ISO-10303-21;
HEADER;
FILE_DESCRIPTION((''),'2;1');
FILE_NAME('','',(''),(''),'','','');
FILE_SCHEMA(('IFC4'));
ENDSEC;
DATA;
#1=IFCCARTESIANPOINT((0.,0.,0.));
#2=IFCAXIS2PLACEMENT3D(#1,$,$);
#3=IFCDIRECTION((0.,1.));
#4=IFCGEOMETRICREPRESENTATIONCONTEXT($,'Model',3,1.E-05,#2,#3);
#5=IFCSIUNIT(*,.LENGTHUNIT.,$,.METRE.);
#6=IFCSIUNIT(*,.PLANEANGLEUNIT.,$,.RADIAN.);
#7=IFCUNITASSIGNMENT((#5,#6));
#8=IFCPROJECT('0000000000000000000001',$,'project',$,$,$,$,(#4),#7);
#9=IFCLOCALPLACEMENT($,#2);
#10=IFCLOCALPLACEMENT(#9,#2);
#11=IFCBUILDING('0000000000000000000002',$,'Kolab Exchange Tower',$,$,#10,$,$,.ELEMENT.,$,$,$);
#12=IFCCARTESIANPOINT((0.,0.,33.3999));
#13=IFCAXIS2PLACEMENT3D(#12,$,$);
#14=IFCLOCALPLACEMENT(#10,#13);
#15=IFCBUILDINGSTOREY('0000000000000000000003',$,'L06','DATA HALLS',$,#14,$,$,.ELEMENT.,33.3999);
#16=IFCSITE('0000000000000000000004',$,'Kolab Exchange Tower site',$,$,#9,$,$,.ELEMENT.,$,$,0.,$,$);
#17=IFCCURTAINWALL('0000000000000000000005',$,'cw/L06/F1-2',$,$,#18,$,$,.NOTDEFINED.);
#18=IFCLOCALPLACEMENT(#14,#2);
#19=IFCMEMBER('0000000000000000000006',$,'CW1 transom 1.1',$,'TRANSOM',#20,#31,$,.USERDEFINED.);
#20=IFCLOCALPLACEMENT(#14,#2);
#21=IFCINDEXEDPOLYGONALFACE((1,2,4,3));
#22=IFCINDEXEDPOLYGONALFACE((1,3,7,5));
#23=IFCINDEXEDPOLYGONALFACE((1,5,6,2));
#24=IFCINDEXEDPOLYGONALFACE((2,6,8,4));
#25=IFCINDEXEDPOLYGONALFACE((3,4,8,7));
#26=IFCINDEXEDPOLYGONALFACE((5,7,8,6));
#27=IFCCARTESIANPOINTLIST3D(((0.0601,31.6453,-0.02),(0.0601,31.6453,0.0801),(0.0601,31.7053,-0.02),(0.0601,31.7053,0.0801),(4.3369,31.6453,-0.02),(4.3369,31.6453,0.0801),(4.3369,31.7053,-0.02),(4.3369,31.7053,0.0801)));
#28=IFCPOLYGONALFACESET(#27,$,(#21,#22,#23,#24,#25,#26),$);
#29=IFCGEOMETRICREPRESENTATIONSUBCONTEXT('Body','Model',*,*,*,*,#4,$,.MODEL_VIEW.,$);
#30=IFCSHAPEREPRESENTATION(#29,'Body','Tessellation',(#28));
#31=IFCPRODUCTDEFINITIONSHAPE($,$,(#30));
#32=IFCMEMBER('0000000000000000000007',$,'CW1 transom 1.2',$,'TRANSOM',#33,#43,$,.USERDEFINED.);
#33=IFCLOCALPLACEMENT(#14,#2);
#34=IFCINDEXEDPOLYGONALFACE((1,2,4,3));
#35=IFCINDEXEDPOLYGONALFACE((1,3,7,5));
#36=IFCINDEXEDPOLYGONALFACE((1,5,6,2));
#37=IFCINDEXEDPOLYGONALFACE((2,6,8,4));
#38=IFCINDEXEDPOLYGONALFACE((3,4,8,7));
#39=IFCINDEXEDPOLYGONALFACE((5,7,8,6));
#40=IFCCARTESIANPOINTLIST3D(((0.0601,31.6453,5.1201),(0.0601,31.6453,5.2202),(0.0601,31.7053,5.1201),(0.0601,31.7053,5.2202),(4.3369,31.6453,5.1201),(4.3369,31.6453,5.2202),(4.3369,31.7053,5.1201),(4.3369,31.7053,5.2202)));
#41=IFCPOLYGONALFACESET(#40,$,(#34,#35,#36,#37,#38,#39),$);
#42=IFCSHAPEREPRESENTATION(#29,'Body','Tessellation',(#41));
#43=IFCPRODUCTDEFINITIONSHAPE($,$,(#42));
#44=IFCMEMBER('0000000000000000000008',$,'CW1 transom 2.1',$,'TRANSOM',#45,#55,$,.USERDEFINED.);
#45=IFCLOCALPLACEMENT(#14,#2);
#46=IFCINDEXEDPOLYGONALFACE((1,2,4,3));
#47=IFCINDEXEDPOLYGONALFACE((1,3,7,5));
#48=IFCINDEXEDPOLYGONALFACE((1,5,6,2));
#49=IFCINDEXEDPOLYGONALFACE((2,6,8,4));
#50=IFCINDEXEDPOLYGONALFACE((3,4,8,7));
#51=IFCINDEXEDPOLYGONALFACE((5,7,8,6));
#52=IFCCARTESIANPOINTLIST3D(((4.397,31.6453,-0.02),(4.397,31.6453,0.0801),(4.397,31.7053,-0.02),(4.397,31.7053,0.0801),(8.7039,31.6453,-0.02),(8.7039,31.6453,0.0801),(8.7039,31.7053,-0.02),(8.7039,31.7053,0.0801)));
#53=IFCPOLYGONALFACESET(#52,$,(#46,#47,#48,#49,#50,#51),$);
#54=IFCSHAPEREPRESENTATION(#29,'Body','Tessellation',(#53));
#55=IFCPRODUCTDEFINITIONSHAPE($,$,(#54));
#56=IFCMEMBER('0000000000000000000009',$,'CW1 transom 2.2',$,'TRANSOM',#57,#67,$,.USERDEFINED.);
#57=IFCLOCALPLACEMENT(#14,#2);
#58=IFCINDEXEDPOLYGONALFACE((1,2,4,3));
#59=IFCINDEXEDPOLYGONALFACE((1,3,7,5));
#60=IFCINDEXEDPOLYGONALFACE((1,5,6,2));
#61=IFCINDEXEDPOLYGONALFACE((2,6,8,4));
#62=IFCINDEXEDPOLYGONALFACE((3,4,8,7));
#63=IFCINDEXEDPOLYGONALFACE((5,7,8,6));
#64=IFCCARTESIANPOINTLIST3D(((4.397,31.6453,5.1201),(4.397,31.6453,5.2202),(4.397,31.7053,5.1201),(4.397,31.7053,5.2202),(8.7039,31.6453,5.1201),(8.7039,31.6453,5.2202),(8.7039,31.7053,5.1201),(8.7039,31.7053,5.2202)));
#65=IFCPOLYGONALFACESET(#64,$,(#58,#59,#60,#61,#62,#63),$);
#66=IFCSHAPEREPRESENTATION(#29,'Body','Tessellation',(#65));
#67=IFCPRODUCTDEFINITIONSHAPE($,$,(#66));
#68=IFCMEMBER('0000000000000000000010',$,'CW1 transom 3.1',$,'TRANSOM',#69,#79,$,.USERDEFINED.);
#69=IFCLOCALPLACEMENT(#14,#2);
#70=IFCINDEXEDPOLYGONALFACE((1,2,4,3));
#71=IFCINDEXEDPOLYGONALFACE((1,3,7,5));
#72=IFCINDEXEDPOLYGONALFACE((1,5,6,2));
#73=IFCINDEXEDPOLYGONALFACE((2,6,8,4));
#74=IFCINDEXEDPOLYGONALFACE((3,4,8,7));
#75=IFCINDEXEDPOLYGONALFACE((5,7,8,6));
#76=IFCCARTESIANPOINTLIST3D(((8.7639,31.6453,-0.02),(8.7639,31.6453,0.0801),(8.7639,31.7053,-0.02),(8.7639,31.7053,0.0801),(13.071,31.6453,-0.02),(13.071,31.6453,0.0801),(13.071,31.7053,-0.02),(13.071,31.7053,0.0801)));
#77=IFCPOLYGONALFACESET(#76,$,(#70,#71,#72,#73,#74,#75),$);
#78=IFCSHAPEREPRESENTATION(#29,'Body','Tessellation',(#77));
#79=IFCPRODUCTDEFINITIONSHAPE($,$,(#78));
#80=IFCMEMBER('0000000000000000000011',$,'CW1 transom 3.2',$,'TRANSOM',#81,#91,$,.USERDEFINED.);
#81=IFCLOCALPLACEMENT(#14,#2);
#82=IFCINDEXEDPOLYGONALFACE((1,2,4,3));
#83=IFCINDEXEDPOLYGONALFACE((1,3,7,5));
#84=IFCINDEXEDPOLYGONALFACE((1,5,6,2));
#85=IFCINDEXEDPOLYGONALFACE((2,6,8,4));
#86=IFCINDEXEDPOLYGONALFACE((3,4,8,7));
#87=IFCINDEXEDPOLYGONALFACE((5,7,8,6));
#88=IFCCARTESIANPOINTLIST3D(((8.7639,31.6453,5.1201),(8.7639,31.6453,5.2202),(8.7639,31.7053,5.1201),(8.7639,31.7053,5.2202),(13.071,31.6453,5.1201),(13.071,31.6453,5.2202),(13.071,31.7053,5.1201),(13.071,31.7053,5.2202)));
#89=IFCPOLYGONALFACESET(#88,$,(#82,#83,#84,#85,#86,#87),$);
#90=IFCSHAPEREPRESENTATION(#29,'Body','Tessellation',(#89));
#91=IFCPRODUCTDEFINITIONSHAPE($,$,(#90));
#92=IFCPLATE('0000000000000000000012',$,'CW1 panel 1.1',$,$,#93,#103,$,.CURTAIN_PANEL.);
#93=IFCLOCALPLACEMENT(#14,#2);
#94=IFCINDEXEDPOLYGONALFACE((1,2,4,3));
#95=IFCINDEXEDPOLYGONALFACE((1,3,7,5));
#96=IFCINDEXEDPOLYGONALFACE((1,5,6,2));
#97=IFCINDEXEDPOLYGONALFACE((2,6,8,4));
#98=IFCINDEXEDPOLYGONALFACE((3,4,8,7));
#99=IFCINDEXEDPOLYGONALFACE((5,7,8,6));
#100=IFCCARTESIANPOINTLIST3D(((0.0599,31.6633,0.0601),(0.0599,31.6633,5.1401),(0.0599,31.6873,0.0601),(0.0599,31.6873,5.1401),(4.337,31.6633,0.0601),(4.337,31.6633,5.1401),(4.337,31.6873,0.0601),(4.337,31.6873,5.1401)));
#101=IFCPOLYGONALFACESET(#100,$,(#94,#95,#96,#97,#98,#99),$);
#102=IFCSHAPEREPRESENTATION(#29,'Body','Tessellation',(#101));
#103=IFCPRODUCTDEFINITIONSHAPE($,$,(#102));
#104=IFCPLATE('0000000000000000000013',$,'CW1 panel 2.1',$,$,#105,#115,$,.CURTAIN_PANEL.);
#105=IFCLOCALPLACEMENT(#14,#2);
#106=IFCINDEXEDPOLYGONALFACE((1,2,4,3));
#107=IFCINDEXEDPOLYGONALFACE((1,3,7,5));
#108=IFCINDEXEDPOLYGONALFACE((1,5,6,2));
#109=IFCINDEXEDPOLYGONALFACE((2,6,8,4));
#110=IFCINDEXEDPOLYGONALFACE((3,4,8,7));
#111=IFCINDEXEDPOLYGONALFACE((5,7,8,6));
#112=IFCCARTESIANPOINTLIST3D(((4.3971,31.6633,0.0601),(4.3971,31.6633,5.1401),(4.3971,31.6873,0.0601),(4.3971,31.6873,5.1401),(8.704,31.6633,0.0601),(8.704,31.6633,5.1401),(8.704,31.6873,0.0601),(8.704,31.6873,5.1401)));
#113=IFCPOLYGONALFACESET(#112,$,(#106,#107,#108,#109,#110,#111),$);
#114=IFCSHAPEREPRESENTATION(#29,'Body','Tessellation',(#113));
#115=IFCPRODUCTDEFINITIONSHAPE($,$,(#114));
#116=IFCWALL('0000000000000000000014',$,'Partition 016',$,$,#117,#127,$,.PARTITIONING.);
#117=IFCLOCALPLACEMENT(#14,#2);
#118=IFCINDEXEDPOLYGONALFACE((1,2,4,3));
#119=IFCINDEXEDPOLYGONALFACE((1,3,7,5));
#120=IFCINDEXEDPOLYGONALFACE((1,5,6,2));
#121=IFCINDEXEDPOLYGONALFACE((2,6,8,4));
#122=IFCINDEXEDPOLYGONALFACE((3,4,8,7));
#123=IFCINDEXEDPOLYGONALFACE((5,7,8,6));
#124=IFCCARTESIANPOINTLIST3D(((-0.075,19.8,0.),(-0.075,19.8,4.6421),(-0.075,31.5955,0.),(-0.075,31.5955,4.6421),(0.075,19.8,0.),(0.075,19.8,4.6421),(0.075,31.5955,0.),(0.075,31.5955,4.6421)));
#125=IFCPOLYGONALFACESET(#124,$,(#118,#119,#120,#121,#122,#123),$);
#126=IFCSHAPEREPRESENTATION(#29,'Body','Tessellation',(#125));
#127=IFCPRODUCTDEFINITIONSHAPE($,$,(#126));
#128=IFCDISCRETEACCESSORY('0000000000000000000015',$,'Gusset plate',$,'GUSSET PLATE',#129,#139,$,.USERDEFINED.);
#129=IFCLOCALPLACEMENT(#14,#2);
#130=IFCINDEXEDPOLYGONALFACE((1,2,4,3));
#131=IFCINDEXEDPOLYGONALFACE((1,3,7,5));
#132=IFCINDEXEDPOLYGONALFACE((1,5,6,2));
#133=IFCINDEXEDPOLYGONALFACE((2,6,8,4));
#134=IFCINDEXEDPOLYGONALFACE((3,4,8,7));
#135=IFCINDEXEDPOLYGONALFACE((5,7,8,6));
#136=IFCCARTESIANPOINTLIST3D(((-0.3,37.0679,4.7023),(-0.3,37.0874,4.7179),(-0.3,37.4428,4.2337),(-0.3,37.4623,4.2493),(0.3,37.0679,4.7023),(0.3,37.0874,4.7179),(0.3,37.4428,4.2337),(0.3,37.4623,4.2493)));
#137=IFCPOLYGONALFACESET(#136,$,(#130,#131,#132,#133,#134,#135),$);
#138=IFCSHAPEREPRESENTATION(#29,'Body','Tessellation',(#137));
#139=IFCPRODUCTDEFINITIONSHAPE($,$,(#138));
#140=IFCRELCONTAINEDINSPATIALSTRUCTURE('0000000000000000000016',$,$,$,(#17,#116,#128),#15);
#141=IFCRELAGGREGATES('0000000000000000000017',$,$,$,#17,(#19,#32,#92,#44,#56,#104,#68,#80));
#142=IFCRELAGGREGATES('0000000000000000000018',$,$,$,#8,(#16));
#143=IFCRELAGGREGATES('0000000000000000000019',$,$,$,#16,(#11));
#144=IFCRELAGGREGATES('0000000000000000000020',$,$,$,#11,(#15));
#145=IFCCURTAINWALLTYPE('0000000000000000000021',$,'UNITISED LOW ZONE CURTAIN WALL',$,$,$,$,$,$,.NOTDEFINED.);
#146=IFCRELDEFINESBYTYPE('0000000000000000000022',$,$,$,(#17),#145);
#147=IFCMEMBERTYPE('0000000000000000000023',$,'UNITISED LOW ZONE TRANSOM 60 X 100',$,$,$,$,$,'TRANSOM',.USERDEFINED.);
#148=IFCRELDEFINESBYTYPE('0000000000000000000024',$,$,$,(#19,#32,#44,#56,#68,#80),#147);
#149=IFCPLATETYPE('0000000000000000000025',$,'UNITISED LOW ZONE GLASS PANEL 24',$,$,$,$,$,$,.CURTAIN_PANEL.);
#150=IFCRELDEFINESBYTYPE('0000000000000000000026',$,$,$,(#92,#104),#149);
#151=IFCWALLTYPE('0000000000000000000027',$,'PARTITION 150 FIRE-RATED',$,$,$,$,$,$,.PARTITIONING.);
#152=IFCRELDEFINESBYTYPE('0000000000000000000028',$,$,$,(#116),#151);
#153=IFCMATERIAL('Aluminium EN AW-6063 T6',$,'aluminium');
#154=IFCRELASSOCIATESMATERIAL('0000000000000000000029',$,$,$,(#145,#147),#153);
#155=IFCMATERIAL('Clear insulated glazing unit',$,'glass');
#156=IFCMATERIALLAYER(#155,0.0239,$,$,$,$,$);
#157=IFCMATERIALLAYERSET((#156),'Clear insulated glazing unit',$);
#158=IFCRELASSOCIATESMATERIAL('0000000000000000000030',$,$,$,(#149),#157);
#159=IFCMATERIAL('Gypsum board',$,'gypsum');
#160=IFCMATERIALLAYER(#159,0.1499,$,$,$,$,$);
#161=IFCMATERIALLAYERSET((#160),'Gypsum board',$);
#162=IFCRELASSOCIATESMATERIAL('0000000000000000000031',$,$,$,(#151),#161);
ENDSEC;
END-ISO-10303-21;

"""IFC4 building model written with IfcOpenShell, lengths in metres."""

from ifc_helpers import new_model, si_unit, direction, frame, frame_2d, origin, origin_2d, place, context, subcontext, project, spatial, rectangle, extrude, material, layer, layer_set, material_profile, profile_set, type_object, element, aggregate, save


model = new_model("IFC4")

# Units and contexts
model_context = context("Model", 3, precision=1e-05, world=origin(), true_north=direction((0.0, 1.0)))
body_context = subcontext(model_context, "Body", "Model", "MODEL_VIEW")
ifc_project = project(units=[si_unit("LENGTHUNIT", "METRE"), si_unit("PLANEANGLEUNIT", "RADIAN")], contexts=[model_context])

# Site, building, storey
site_placement = place(None, origin())
site = spatial("IfcSite", under=ifc_project, at=site_placement, Name="Kolab Exchange Tower site", CompositionType="ELEMENT", RefElevation=0.0)
building_placement = place(site_placement, origin())
building = spatial("IfcBuilding", under=site, at=building_placement, Name="Kolab Exchange Tower", CompositionType="ELEMENT")
storey_placement = place(building_placement, frame((0.0, 0.0, 33.3999)))
storey = spatial("IfcBuildingStorey", under=building, at=storey_placement, Name="L06", Description="DATA HALLS", CompositionType="ELEMENT", Elevation=33.3999)

# Curtain wall, members, plates
ifc_material_1 = material(Name="Aluminium EN AW-6063 T6", Category="aluminium")
curtain_wall_type = type_object("IfcCurtainWallType", Name="UNITISED LOW ZONE CURTAIN WALL", PredefinedType="NOTDEFINED", material=ifc_material_1)
curtain_wall_placement = place(storey_placement, origin())
curtain_wall = element("IfcCurtainWall", 1, at=curtain_wall_placement, inside=storey, type_object=curtain_wall_type, Name="cw/L06/F1-2", PredefinedType="NOTDEFINED")
ifc_material_profile_1 = material_profile(ifc_material_1, rectangle(XDim=0.0601, YDim=0.1001, at=origin_2d()), Name="RECT 60X100")
ifc_profile_set_1 = profile_set([ifc_material_profile_1], Name="Aluminium EN AW-6063 T6")
member_type_1 = type_object("IfcMemberType", Name="UNITISED LOW ZONE TRANSOM 60 X 100", ElementType="TRANSOM", PredefinedType="USERDEFINED", material=ifc_profile_set_1)
member_1_placement = place(storey_placement, frame((0.0601, 31.6753, 0.03), z_axis=(1.0, 0.0, 0.0), x_axis=(0.0, 1.0, 0.0)))
member_1 = element("IfcMember", 2, at=member_1_placement, type_object=member_type_1, Name="CW1 transom 1.1", ObjectType="TRANSOM", PredefinedType="USERDEFINED", context=body_context, shape_type="SweptSolid", body=[
    extrude(rectangle(XDim=0.0601, YDim=0.1001, at=origin_2d()), origin(), (0.0, 0.0, 1.0), 4.2769),
])
member_2_placement = place(storey_placement, frame((0.0601, 31.6753, 5.1702), z_axis=(1.0, 0.0, 0.0), x_axis=(0.0, 1.0, 0.0)))
member_2 = element("IfcMember", 3, at=member_2_placement, type_object=member_type_1, Name="CW1 transom 1.2", ObjectType="TRANSOM", PredefinedType="USERDEFINED", context=body_context, shape_type="SweptSolid", body=[
    extrude(rectangle(XDim=0.0601, YDim=0.1001, at=origin_2d()), origin(), (0.0, 0.0, 1.0), 4.2769),
])
member_3_placement = place(storey_placement, frame((4.397, 31.6753, 0.03), z_axis=(1.0, 0.0, 0.0), x_axis=(0.0, 1.0, 0.0)))
member_3 = element("IfcMember", 4, at=member_3_placement, type_object=member_type_1, Name="CW1 transom 2.1", ObjectType="TRANSOM", PredefinedType="USERDEFINED", context=body_context, shape_type="SweptSolid", body=[
    extrude(rectangle(XDim=0.0601, YDim=0.1001, at=origin_2d()), origin(), (0.0, 0.0, 1.0), 4.3069),
])
member_4_placement = place(storey_placement, frame((4.397, 31.6753, 5.1702), z_axis=(1.0, 0.0, 0.0), x_axis=(0.0, 1.0, 0.0)))
member_4 = element("IfcMember", 5, at=member_4_placement, type_object=member_type_1, Name="CW1 transom 2.2", ObjectType="TRANSOM", PredefinedType="USERDEFINED", context=body_context, shape_type="SweptSolid", body=[
    extrude(rectangle(XDim=0.0601, YDim=0.1001, at=origin_2d()), origin(), (0.0, 0.0, 1.0), 4.3069),
])
member_5_placement = place(storey_placement, frame((8.7639, 31.6753, 0.03), z_axis=(1.0, 0.0, 0.0), x_axis=(0.0, 1.0, 0.0)))
member_5 = element("IfcMember", 6, at=member_5_placement, type_object=member_type_1, Name="CW1 transom 3.1", ObjectType="TRANSOM", PredefinedType="USERDEFINED", context=body_context, shape_type="SweptSolid", body=[
    extrude(rectangle(XDim=0.0601, YDim=0.1001, at=origin_2d()), origin(), (0.0, 0.0, 1.0), 4.3071),
])
member_6_placement = place(storey_placement, frame((8.7639, 31.6753, 5.1702), z_axis=(1.0, 0.0, 0.0), x_axis=(0.0, 1.0, 0.0)))
member_6 = element("IfcMember", 7, at=member_6_placement, type_object=member_type_1, Name="CW1 transom 3.2", ObjectType="TRANSOM", PredefinedType="USERDEFINED", context=body_context, shape_type="SweptSolid", body=[
    extrude(rectangle(XDim=0.0601, YDim=0.1001, at=origin_2d()), origin(), (0.0, 0.0, 1.0), 4.3071),
])
ifc_material_2 = material(Name="Clear insulated glazing unit", Category="glass")
ifc_layer_1 = layer(ifc_material_2, 0.0239)
ifc_layer_set_1 = layer_set([ifc_layer_1], Name="Clear insulated glazing unit")
plate_type = type_object("IfcPlateType", Name="UNITISED LOW ZONE GLASS PANEL 24", PredefinedType="CURTAIN_PANEL", material=ifc_layer_set_1)
plate_1_placement = place(storey_placement, frame((2.1985, 31.6753, 0.0601), z_axis=(0.0, 0.0, 1.0), x_axis=(1.0, 0.0, 0.0)))
plate_1 = element("IfcPlate", 8, at=plate_1_placement, type_object=plate_type, Name="CW1 panel 1.1", PredefinedType="CURTAIN_PANEL", context=body_context, shape_type="SweptSolid", body=[
    extrude(rectangle(XDim=4.2771, YDim=0.0239, at=origin_2d()), origin(), (0.0, 0.0, 1.0), 5.0801),
])
plate_2_placement = place(storey_placement, frame((6.5505, 31.6753, 0.0601), z_axis=(0.0, 0.0, 1.0), x_axis=(1.0, 0.0, 0.0)))
plate_2 = element("IfcPlate", 9, at=plate_2_placement, type_object=plate_type, Name="CW1 panel 2.1", PredefinedType="CURTAIN_PANEL", context=body_context, shape_type="SweptSolid", body=[
    extrude(rectangle(XDim=4.3069, YDim=0.0239, at=origin_2d()), origin(), (0.0, 0.0, 1.0), 5.0801),
])
aggregate(curtain_wall, [member_1, member_2, plate_1, member_3, member_4, plate_2, member_5, member_6])

# Wall
ifc_material_3 = material(Name="Gypsum board", Category="gypsum")
ifc_layer_2 = layer(ifc_material_3, 0.1499)
ifc_layer_set_2 = layer_set([ifc_layer_2], Name="Gypsum board")
wall_type = type_object("IfcWallType", Name="PARTITION 150 FIRE-RATED", PredefinedType="PARTITIONING", material=ifc_layer_set_2)
wall_placement = place(storey_placement, frame((0.0, 19.8, 0.0), z_axis=(0.0, 0.0, 1.0), x_axis=(0.0, 1.0, 0.0)))
element("IfcWall", 10, at=wall_placement, inside=storey, type_object=wall_type, Name="Partition 016", PredefinedType="PARTITIONING", context=body_context, shape_type="SweptSolid", body=[
    extrude(rectangle(XDim=11.7954, YDim=0.1499, at=frame_2d((5.8977, 0.0))), origin(), (0.0, 0.0, 1.0), 4.6421),
])

# Discrete accessory
discrete_accessory_placement = place(storey_placement, frame((0.0, 37.2554, 4.468), z_axis=(0.0, 0.780869, 0.624695), x_axis=(-1.0, 0.0, 0.0)))
element("IfcDiscreteAccessory", 11, at=discrete_accessory_placement, inside=storey, Name="Gusset plate", ObjectType="GUSSET PLATE", PredefinedType="USERDEFINED", context=body_context, shape_type="SweptSolid", body=[
    extrude(rectangle(XDim=0.6001, YDim=0.6001, at=origin_2d()), origin(), (0.0, 0.0, 1.0), 0.0249),
])

save(model, "model.ifc")
